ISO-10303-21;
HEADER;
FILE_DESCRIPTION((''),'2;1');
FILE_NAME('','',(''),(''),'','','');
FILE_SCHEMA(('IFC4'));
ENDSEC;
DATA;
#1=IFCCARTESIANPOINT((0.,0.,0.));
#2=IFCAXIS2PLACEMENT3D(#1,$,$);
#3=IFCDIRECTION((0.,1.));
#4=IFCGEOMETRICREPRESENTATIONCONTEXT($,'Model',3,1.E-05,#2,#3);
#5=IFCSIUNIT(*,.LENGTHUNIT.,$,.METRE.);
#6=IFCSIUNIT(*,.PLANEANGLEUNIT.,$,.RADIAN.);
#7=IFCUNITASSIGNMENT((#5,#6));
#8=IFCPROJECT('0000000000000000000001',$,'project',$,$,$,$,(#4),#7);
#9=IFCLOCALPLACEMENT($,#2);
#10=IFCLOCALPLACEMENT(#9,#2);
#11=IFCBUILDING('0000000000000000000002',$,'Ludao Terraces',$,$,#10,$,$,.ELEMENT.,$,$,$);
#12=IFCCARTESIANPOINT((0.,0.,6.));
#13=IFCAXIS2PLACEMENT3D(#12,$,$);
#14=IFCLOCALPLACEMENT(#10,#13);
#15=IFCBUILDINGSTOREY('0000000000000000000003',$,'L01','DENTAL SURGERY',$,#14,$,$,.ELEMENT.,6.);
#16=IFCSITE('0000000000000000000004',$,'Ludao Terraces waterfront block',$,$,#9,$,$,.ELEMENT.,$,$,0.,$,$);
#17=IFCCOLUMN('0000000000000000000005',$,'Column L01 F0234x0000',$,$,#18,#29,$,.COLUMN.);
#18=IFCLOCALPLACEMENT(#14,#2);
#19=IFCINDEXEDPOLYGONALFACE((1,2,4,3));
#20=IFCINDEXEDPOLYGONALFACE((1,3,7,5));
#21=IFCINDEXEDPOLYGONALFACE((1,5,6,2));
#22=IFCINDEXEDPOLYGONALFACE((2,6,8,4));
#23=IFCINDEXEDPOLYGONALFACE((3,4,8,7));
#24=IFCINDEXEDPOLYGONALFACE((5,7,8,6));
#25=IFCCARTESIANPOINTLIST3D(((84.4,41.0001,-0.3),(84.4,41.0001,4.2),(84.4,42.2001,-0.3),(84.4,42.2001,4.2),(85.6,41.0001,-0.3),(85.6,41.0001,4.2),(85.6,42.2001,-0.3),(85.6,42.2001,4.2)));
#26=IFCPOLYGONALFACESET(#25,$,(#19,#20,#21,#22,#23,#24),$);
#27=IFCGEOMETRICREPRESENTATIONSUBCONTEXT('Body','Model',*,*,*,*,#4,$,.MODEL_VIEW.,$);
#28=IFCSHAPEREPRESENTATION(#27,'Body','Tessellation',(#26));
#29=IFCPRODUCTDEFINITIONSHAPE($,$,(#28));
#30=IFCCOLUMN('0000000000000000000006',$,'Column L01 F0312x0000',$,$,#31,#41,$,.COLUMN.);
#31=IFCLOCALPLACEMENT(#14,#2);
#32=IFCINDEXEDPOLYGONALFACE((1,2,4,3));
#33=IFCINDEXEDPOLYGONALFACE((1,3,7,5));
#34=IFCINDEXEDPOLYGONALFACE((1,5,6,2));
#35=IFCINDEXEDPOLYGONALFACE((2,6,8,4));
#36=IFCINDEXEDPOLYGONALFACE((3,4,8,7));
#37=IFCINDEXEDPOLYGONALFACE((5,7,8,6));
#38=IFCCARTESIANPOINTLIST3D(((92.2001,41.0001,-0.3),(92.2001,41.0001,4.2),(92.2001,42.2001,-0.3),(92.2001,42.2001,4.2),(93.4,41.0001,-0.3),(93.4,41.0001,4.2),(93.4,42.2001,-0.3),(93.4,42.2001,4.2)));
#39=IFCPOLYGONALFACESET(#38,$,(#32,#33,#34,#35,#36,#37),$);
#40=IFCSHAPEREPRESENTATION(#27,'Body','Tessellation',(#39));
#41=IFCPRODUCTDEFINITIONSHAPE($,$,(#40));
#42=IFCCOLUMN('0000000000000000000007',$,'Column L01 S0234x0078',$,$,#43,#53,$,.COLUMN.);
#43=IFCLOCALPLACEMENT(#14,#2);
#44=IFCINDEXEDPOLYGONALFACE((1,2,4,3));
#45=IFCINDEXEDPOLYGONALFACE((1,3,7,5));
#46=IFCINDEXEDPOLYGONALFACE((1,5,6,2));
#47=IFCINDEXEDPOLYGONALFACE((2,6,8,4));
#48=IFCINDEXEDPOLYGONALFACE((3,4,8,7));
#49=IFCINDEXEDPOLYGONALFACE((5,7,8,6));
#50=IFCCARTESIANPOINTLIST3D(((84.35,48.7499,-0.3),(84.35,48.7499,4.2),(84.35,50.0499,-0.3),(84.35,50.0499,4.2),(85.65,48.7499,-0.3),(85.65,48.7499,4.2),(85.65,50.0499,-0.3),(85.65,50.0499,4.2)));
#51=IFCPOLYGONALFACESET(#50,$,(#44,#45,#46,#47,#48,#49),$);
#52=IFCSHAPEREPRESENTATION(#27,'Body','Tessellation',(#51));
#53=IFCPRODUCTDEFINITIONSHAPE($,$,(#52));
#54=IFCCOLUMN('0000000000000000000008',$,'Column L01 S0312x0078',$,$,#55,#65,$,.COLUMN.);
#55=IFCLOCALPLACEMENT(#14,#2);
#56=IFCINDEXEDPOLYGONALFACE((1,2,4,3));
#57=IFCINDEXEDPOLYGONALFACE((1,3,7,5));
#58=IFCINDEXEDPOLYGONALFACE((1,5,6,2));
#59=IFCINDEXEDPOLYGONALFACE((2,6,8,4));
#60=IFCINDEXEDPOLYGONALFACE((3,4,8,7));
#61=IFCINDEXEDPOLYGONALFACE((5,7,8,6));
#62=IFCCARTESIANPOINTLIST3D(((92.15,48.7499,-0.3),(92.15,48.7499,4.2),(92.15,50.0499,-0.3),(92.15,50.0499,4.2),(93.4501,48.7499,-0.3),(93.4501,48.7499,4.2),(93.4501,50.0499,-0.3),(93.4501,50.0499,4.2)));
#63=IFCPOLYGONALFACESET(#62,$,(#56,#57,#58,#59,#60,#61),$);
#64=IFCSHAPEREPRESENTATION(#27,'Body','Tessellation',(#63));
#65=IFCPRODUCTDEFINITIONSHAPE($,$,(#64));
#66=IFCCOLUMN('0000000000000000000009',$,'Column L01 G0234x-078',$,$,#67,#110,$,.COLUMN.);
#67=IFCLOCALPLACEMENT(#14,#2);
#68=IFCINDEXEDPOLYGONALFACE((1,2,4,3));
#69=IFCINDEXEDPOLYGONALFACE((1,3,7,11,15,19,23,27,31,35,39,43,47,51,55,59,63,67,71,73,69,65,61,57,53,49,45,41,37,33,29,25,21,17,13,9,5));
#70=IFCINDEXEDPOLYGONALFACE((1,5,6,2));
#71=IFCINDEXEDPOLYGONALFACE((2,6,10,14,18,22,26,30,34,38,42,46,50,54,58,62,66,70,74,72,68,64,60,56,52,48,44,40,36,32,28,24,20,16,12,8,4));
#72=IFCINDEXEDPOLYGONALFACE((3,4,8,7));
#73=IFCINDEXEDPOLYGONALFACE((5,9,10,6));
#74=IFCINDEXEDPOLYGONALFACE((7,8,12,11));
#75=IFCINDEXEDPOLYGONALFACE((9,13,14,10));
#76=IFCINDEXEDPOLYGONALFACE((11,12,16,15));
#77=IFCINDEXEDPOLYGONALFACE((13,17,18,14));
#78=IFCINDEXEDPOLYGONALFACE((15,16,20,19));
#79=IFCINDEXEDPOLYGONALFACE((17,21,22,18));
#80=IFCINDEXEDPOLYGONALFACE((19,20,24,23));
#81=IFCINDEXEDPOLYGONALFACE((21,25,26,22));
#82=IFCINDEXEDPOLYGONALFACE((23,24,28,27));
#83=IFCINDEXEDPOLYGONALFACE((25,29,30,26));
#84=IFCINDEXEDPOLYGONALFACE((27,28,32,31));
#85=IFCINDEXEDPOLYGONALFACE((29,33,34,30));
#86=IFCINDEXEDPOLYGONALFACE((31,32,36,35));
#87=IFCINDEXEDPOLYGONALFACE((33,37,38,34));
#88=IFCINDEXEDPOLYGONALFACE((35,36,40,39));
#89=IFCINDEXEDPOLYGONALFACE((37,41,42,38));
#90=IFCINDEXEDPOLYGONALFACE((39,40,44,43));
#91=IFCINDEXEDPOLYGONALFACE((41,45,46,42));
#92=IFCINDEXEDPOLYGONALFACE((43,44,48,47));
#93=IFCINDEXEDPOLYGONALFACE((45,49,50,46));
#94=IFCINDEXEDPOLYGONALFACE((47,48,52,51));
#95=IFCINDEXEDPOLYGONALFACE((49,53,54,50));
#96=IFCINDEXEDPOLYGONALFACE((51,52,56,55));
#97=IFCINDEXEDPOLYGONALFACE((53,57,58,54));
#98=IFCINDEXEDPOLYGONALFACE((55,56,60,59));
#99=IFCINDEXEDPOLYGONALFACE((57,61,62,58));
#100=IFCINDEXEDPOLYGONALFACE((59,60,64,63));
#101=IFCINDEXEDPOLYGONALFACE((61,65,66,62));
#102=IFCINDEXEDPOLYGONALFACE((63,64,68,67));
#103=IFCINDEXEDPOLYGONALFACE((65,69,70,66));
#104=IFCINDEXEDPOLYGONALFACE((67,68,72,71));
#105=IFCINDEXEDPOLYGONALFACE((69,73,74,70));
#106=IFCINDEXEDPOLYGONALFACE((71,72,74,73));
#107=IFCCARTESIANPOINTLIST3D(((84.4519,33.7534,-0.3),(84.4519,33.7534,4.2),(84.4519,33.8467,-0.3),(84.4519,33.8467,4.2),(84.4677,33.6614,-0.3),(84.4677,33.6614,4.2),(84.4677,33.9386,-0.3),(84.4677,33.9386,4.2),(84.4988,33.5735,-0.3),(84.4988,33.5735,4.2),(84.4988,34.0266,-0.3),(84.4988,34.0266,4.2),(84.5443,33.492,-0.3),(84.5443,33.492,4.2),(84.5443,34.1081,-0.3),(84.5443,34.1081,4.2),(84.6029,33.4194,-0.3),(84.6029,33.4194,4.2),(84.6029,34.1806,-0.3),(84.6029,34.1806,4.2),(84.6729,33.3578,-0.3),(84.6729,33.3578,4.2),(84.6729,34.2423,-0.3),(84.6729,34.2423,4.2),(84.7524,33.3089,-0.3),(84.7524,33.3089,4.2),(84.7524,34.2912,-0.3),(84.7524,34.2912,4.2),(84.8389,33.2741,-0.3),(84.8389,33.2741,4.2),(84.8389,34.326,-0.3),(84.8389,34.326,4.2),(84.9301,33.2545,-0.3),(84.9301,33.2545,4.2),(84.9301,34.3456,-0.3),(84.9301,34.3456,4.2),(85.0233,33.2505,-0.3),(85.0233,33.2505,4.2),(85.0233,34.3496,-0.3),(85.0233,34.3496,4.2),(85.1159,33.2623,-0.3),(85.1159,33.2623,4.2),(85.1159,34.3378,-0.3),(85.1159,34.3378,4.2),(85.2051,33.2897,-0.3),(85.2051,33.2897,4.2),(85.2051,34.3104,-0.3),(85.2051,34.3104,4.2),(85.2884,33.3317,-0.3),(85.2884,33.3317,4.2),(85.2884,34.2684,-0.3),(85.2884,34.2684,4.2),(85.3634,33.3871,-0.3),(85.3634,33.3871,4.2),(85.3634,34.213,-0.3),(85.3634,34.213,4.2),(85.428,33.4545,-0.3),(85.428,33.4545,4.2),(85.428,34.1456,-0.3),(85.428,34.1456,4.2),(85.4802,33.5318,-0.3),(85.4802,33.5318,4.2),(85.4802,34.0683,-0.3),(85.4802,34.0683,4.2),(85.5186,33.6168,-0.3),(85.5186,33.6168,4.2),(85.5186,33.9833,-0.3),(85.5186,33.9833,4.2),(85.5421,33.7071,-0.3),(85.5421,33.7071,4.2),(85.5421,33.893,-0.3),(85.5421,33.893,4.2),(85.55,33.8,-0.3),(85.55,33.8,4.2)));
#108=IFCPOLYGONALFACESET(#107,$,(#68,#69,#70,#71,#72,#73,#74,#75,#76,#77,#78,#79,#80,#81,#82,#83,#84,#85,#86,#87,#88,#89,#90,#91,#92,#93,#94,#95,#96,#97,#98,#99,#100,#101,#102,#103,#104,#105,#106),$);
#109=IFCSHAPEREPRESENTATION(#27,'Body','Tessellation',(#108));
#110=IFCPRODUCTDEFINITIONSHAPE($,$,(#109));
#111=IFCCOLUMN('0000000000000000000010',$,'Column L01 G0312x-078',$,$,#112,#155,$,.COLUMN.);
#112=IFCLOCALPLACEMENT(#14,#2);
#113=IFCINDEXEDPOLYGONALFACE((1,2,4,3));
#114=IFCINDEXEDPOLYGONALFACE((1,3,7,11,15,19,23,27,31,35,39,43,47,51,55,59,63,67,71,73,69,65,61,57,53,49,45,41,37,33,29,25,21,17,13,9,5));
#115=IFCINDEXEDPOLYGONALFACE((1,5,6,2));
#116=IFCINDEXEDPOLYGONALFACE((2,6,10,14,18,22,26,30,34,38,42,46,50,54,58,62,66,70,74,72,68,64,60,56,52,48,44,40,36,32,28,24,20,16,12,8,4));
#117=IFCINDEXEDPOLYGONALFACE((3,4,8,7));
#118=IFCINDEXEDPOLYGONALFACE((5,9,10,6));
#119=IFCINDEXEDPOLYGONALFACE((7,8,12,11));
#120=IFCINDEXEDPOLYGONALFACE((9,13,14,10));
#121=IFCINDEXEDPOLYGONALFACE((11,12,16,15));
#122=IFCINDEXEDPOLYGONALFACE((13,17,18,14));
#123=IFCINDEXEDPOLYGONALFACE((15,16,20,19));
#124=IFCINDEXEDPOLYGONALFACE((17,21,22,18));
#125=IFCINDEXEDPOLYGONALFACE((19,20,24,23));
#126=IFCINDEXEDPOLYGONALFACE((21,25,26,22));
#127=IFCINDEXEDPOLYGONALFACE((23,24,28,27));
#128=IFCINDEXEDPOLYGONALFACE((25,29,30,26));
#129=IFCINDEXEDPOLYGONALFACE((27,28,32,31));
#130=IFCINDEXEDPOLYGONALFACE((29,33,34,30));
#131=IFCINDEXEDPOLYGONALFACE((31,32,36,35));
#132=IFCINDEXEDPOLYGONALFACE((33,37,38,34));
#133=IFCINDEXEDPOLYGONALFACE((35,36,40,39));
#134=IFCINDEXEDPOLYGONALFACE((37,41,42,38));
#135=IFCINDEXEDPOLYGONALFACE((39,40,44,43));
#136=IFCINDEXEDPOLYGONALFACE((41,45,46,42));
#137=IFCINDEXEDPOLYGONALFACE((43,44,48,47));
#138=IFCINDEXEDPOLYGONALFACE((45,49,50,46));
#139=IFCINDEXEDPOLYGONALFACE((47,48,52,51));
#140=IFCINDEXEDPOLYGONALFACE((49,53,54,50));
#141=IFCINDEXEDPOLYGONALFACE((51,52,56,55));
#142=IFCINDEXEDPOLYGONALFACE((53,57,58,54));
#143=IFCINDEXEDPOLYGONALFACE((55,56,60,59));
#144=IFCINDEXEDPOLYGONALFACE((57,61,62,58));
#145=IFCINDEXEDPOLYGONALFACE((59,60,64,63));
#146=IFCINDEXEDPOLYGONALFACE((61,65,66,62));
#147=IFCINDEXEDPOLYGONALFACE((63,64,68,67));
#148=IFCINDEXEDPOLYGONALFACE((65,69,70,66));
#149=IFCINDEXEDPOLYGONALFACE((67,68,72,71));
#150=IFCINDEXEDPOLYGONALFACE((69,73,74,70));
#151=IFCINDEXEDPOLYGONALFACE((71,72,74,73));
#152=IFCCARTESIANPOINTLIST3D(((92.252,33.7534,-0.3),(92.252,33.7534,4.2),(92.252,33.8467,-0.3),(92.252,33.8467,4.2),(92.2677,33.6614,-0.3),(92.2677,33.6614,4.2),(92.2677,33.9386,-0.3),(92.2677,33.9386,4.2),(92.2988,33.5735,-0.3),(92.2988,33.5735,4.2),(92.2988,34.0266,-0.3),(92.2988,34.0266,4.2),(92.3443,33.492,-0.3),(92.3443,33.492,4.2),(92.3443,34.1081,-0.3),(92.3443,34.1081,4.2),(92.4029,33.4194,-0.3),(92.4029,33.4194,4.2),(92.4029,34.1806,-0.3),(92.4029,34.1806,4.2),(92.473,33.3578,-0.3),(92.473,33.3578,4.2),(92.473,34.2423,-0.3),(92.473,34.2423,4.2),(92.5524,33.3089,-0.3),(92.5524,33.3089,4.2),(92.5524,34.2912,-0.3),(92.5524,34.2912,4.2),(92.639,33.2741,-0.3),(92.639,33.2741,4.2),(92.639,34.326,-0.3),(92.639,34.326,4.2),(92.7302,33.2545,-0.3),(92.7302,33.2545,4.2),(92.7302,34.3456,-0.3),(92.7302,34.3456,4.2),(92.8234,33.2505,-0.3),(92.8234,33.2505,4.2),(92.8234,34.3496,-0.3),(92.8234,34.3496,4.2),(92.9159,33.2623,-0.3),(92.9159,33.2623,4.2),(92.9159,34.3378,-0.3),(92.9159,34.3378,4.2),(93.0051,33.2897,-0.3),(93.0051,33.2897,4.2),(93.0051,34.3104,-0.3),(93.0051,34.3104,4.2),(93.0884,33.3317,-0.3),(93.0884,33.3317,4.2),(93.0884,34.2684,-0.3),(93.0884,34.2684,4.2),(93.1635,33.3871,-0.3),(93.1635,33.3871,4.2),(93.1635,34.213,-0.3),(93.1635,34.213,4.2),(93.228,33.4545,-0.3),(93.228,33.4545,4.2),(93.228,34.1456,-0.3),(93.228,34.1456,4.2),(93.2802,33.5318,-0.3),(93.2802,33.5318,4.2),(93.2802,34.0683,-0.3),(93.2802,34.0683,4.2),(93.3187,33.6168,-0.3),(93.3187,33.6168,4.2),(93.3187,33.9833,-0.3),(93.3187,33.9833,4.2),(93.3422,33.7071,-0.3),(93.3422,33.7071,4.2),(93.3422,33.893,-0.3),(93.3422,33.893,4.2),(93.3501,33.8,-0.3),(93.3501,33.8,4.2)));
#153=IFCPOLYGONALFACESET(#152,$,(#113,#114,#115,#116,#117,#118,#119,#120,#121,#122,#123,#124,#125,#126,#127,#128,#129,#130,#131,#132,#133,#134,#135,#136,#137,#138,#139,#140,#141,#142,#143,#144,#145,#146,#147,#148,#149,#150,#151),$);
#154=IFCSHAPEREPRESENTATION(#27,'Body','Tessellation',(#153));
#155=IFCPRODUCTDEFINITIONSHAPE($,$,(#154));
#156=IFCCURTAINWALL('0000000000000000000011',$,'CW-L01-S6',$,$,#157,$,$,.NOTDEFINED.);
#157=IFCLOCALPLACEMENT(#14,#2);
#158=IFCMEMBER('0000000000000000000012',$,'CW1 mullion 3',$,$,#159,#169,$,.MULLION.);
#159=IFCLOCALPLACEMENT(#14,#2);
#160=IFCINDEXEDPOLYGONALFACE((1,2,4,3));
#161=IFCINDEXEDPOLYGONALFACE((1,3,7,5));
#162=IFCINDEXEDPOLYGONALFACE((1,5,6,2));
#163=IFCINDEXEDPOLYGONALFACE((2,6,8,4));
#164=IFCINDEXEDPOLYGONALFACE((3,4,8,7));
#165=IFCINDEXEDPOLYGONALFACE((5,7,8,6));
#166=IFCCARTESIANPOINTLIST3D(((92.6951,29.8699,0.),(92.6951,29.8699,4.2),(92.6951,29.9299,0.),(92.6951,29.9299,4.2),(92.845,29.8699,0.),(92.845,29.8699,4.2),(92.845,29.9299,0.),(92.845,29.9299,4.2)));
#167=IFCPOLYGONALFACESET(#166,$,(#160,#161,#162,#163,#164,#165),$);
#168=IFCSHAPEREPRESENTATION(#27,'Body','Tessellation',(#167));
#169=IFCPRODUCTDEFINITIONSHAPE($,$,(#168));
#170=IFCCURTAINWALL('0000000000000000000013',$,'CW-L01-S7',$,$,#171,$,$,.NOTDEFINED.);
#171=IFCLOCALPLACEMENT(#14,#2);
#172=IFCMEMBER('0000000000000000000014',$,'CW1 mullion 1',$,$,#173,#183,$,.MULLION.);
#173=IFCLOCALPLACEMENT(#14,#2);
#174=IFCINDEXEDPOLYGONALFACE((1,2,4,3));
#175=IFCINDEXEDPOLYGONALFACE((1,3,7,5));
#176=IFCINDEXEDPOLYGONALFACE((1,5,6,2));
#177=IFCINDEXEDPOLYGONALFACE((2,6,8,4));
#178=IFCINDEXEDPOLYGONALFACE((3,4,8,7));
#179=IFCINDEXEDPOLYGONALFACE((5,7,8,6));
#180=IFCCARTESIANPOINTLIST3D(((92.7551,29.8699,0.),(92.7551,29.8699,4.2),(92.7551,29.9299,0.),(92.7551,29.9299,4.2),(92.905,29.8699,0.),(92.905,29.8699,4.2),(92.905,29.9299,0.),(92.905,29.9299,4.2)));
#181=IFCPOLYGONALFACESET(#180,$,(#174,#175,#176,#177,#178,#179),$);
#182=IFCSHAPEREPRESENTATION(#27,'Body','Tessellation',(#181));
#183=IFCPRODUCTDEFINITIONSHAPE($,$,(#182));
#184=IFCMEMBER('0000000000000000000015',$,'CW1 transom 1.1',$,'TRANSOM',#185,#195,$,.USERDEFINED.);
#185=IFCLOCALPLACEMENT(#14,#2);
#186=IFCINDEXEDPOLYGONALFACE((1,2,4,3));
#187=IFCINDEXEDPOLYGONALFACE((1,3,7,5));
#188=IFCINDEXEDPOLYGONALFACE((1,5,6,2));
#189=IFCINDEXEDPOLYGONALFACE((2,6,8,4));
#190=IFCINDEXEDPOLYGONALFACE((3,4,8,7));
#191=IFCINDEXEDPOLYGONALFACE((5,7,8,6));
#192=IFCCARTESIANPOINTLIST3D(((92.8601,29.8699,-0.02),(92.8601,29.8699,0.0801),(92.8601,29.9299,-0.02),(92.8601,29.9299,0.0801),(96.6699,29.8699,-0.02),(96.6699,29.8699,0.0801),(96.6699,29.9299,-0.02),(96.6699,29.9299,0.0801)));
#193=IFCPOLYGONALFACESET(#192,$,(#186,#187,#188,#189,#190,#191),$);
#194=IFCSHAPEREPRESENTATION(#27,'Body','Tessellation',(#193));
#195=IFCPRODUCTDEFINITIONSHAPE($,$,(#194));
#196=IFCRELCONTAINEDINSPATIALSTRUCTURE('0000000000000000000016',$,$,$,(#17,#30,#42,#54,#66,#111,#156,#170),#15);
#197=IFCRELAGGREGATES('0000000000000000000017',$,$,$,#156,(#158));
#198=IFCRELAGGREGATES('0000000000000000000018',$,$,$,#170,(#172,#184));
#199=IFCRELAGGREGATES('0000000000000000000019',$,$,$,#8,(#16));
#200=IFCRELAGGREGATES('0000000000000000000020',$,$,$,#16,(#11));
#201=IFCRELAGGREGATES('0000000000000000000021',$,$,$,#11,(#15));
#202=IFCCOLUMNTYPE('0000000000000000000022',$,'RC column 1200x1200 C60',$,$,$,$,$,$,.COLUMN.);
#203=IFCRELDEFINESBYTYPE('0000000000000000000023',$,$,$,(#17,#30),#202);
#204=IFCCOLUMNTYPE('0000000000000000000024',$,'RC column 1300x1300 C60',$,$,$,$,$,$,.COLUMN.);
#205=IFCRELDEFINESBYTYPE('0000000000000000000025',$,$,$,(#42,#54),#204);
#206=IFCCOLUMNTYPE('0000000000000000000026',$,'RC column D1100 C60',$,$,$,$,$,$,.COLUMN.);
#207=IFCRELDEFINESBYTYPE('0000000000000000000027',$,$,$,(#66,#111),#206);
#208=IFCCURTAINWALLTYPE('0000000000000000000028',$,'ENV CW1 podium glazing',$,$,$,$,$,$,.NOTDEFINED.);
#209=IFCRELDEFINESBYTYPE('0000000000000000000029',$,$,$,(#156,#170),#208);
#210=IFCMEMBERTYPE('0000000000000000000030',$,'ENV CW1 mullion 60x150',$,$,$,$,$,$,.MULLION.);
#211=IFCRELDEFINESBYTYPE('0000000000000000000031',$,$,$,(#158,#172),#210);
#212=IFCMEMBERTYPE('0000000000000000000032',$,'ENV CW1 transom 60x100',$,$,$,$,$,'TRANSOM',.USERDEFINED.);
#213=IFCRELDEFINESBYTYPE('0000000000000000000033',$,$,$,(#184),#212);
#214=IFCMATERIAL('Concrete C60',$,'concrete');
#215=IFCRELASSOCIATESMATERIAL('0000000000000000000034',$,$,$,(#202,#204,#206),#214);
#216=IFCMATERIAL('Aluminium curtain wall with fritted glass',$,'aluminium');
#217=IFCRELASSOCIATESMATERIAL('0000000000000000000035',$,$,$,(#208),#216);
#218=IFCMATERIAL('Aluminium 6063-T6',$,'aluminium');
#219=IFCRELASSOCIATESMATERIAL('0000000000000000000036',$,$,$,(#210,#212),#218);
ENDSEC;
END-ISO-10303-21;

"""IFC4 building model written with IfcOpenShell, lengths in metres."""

from ifc_helpers import new_model, si_unit, direction, frame, origin, origin_2d, place, context, subcontext, project, spatial, rectangle, circle, extrude, material, material_profile, profile_set, type_object, element, aggregate, save


model = new_model("IFC4")

# Units and contexts
model_context = context("Model", 3, precision=1e-05, world=origin(), true_north=direction((0.0, 1.0)))
body_context = subcontext(model_context, "Body", "Model", "MODEL_VIEW")
ifc_project = project(units=[si_unit("LENGTHUNIT", "METRE"), si_unit("PLANEANGLEUNIT", "RADIAN")], contexts=[model_context])

# Site, building, storey
site_placement = place(None, origin())
site = spatial("IfcSite", under=ifc_project, at=site_placement, Name="Ludao Terraces waterfront block", CompositionType="ELEMENT", RefElevation=0.0)
building_placement = place(site_placement, origin())
building = spatial("IfcBuilding", under=site, at=building_placement, Name="Ludao Terraces", CompositionType="ELEMENT")
storey_placement = place(building_placement, frame((0.0, 0.0, 6.0)))
storey = spatial("IfcBuildingStorey", under=building, at=storey_placement, Name="L01", Description="DENTAL SURGERY", CompositionType="ELEMENT", Elevation=6.0)

# Columns
ifc_material_1 = material(Name="Concrete C60", Category="concrete")
ifc_material_profile_1 = material_profile(ifc_material_1, rectangle(XDim=1.2, YDim=1.2, at=origin_2d()), Name="1200 X 1200")
ifc_profile_set_1 = profile_set([ifc_material_profile_1], Name="Concrete C60")
column_type_1 = type_object("IfcColumnType", Name="RC column 1200x1200 C60", PredefinedType="COLUMN", material=ifc_profile_set_1)
for number, where, z_axis, x_axis, name in (
    (1, (85.0, 41.6001, -0.3), (0.0, 0.0, 1.0), (1.0, 0.0, 0.0), "Column L01 F0234x0000"),
    (2, (92.8, 41.6001, -0.3), (0.0, 0.0, 1.0), (1.0, 0.0, 0.0), "Column L01 F0312x0000"),
):
    element("IfcColumn", number, at=place(storey_placement, frame(where, z_axis=z_axis, x_axis=x_axis)), inside=storey, type_object=column_type_1, Name=name, PredefinedType="COLUMN", context=body_context, shape_type="SweptSolid", body=[
        extrude(rectangle(XDim=1.2, YDim=1.2, at=origin_2d()), origin(), (0.0, 0.0, 1.0), 4.5),
    ])
ifc_material_profile_2 = material_profile(ifc_material_1, rectangle(XDim=1.3, YDim=1.3, at=origin_2d()), Name="1300 X 1300")
ifc_profile_set_2 = profile_set([ifc_material_profile_2], Name="Concrete C60")
column_type_2 = type_object("IfcColumnType", Name="RC column 1300x1300 C60", PredefinedType="COLUMN", material=ifc_profile_set_2)
for number, where, z_axis, x_axis, name in (
    (3, (85.0, 49.3999, -0.3), (0.0, 0.0, 1.0), (1.0, 0.0, 0.0), "Column L01 S0234x0078"),
    (4, (92.8, 49.3999, -0.3), (0.0, 0.0, 1.0), (1.0, 0.0, 0.0), "Column L01 S0312x0078"),
):
    element("IfcColumn", number, at=place(storey_placement, frame(where, z_axis=z_axis, x_axis=x_axis)), inside=storey, type_object=column_type_2, Name=name, PredefinedType="COLUMN", context=body_context, shape_type="SweptSolid", body=[
        extrude(rectangle(XDim=1.3, YDim=1.3, at=origin_2d()), origin(), (0.0, 0.0, 1.0), 4.5),
    ])
ifc_material_profile_3 = material_profile(ifc_material_1, circle(Radius=0.55, at=origin_2d()), Name="D1100")
ifc_profile_set_3 = profile_set([ifc_material_profile_3], Name="Concrete C60")
column_type_3 = type_object("IfcColumnType", Name="RC column D1100 C60", PredefinedType="COLUMN", material=ifc_profile_set_3)
for number, where, z_axis, x_axis, name in (
    (5, (85.0, 33.8, -0.3), (0.0, 0.0, 1.0), (1.0, 0.0, 0.0), "Column L01 G0234x-078"),
    (6, (92.8, 33.8, -0.3), (0.0, 0.0, 1.0), (1.0, 0.0, 0.0), "Column L01 G0312x-078"),
):
    element("IfcColumn", number, at=place(storey_placement, frame(where, z_axis=z_axis, x_axis=x_axis)), inside=storey, type_object=column_type_3, Name=name, PredefinedType="COLUMN", context=body_context, shape_type="SweptSolid", body=[
        extrude(circle(Radius=0.55, at=origin_2d()), origin(), (0.0, 0.0, 1.0), 4.5),
    ])

# Curtain wall, member
ifc_material_2 = material(Name="Aluminium curtain wall with fritted glass", Category="aluminium")
curtain_wall_type = type_object("IfcCurtainWallType", Name="ENV CW1 podium glazing", PredefinedType="NOTDEFINED", material=ifc_material_2)
curtain_wall_1_placement = place(storey_placement, origin())
curtain_wall_1 = element("IfcCurtainWall", 7, at=curtain_wall_1_placement, inside=storey, type_object=curtain_wall_type, Name="CW-L01-S6", PredefinedType="NOTDEFINED")
ifc_material_3 = material(Name="Aluminium 6063-T6", Category="aluminium")
ifc_material_profile_4 = material_profile(ifc_material_3, rectangle(XDim=0.0601, YDim=0.1499, at=origin_2d()), Name="60 X 150")
ifc_profile_set_4 = profile_set([ifc_material_profile_4], Name="Aluminium 6063-T6")
member_type_1 = type_object("IfcMemberType", Name="ENV CW1 mullion 60x150", PredefinedType="MULLION", material=ifc_profile_set_4)
member_1_placement = place(storey_placement, frame((92.77, 29.8999, 0.0), z_axis=(0.0, 0.0, 1.0), x_axis=(0.0, 1.0, 0.0)))
member_1 = element("IfcMember", 8, at=member_1_placement, type_object=member_type_1, Name="CW1 mullion 3", PredefinedType="MULLION", context=body_context, shape_type="SweptSolid", body=[
    extrude(rectangle(XDim=0.0601, YDim=0.1499, at=origin_2d()), origin(), (0.0, 0.0, 1.0), 4.2),
])

# Curtain wall, members
curtain_wall_2_placement = place(storey_placement, origin())
curtain_wall_2 = element("IfcCurtainWall", 9, at=curtain_wall_2_placement, inside=storey, type_object=curtain_wall_type, Name="CW-L01-S7", PredefinedType="NOTDEFINED")
member_2_placement = place(storey_placement, frame((92.8301, 29.8999, 0.0), z_axis=(0.0, 0.0, 1.0), x_axis=(0.0, 1.0, 0.0)))
member_2 = element("IfcMember", 10, at=member_2_placement, type_object=member_type_1, Name="CW1 mullion 1", PredefinedType="MULLION", context=body_context, shape_type="SweptSolid", body=[
    extrude(rectangle(XDim=0.0601, YDim=0.1499, at=origin_2d()), origin(), (0.0, 0.0, 1.0), 4.2),
])
ifc_material_profile_5 = material_profile(ifc_material_3, rectangle(XDim=0.0601, YDim=0.1001, at=origin_2d()), Name="60 X 100")
ifc_profile_set_5 = profile_set([ifc_material_profile_5], Name="Aluminium 6063-T6")
member_type_2 = type_object("IfcMemberType", Name="ENV CW1 transom 60x100", ElementType="TRANSOM", PredefinedType="USERDEFINED", material=ifc_profile_set_5)
member_3_placement = place(storey_placement, frame((92.8601, 29.8999, 0.03), z_axis=(1.0, 0.0, 0.0), x_axis=(0.0, 1.0, 0.0)))
member_3 = element("IfcMember", 11, at=member_3_placement, type_object=member_type_2, Name="CW1 transom 1.1", ObjectType="TRANSOM", PredefinedType="USERDEFINED", context=body_context, shape_type="SweptSolid", body=[
    extrude(rectangle(XDim=0.0601, YDim=0.1001, at=origin_2d()), origin(), (0.0, 0.0, 1.0), 3.8098),
])

aggregate(curtain_wall_1, [member_1])
aggregate(curtain_wall_2, [member_2, member_3])

save(model, "model.ifc")
